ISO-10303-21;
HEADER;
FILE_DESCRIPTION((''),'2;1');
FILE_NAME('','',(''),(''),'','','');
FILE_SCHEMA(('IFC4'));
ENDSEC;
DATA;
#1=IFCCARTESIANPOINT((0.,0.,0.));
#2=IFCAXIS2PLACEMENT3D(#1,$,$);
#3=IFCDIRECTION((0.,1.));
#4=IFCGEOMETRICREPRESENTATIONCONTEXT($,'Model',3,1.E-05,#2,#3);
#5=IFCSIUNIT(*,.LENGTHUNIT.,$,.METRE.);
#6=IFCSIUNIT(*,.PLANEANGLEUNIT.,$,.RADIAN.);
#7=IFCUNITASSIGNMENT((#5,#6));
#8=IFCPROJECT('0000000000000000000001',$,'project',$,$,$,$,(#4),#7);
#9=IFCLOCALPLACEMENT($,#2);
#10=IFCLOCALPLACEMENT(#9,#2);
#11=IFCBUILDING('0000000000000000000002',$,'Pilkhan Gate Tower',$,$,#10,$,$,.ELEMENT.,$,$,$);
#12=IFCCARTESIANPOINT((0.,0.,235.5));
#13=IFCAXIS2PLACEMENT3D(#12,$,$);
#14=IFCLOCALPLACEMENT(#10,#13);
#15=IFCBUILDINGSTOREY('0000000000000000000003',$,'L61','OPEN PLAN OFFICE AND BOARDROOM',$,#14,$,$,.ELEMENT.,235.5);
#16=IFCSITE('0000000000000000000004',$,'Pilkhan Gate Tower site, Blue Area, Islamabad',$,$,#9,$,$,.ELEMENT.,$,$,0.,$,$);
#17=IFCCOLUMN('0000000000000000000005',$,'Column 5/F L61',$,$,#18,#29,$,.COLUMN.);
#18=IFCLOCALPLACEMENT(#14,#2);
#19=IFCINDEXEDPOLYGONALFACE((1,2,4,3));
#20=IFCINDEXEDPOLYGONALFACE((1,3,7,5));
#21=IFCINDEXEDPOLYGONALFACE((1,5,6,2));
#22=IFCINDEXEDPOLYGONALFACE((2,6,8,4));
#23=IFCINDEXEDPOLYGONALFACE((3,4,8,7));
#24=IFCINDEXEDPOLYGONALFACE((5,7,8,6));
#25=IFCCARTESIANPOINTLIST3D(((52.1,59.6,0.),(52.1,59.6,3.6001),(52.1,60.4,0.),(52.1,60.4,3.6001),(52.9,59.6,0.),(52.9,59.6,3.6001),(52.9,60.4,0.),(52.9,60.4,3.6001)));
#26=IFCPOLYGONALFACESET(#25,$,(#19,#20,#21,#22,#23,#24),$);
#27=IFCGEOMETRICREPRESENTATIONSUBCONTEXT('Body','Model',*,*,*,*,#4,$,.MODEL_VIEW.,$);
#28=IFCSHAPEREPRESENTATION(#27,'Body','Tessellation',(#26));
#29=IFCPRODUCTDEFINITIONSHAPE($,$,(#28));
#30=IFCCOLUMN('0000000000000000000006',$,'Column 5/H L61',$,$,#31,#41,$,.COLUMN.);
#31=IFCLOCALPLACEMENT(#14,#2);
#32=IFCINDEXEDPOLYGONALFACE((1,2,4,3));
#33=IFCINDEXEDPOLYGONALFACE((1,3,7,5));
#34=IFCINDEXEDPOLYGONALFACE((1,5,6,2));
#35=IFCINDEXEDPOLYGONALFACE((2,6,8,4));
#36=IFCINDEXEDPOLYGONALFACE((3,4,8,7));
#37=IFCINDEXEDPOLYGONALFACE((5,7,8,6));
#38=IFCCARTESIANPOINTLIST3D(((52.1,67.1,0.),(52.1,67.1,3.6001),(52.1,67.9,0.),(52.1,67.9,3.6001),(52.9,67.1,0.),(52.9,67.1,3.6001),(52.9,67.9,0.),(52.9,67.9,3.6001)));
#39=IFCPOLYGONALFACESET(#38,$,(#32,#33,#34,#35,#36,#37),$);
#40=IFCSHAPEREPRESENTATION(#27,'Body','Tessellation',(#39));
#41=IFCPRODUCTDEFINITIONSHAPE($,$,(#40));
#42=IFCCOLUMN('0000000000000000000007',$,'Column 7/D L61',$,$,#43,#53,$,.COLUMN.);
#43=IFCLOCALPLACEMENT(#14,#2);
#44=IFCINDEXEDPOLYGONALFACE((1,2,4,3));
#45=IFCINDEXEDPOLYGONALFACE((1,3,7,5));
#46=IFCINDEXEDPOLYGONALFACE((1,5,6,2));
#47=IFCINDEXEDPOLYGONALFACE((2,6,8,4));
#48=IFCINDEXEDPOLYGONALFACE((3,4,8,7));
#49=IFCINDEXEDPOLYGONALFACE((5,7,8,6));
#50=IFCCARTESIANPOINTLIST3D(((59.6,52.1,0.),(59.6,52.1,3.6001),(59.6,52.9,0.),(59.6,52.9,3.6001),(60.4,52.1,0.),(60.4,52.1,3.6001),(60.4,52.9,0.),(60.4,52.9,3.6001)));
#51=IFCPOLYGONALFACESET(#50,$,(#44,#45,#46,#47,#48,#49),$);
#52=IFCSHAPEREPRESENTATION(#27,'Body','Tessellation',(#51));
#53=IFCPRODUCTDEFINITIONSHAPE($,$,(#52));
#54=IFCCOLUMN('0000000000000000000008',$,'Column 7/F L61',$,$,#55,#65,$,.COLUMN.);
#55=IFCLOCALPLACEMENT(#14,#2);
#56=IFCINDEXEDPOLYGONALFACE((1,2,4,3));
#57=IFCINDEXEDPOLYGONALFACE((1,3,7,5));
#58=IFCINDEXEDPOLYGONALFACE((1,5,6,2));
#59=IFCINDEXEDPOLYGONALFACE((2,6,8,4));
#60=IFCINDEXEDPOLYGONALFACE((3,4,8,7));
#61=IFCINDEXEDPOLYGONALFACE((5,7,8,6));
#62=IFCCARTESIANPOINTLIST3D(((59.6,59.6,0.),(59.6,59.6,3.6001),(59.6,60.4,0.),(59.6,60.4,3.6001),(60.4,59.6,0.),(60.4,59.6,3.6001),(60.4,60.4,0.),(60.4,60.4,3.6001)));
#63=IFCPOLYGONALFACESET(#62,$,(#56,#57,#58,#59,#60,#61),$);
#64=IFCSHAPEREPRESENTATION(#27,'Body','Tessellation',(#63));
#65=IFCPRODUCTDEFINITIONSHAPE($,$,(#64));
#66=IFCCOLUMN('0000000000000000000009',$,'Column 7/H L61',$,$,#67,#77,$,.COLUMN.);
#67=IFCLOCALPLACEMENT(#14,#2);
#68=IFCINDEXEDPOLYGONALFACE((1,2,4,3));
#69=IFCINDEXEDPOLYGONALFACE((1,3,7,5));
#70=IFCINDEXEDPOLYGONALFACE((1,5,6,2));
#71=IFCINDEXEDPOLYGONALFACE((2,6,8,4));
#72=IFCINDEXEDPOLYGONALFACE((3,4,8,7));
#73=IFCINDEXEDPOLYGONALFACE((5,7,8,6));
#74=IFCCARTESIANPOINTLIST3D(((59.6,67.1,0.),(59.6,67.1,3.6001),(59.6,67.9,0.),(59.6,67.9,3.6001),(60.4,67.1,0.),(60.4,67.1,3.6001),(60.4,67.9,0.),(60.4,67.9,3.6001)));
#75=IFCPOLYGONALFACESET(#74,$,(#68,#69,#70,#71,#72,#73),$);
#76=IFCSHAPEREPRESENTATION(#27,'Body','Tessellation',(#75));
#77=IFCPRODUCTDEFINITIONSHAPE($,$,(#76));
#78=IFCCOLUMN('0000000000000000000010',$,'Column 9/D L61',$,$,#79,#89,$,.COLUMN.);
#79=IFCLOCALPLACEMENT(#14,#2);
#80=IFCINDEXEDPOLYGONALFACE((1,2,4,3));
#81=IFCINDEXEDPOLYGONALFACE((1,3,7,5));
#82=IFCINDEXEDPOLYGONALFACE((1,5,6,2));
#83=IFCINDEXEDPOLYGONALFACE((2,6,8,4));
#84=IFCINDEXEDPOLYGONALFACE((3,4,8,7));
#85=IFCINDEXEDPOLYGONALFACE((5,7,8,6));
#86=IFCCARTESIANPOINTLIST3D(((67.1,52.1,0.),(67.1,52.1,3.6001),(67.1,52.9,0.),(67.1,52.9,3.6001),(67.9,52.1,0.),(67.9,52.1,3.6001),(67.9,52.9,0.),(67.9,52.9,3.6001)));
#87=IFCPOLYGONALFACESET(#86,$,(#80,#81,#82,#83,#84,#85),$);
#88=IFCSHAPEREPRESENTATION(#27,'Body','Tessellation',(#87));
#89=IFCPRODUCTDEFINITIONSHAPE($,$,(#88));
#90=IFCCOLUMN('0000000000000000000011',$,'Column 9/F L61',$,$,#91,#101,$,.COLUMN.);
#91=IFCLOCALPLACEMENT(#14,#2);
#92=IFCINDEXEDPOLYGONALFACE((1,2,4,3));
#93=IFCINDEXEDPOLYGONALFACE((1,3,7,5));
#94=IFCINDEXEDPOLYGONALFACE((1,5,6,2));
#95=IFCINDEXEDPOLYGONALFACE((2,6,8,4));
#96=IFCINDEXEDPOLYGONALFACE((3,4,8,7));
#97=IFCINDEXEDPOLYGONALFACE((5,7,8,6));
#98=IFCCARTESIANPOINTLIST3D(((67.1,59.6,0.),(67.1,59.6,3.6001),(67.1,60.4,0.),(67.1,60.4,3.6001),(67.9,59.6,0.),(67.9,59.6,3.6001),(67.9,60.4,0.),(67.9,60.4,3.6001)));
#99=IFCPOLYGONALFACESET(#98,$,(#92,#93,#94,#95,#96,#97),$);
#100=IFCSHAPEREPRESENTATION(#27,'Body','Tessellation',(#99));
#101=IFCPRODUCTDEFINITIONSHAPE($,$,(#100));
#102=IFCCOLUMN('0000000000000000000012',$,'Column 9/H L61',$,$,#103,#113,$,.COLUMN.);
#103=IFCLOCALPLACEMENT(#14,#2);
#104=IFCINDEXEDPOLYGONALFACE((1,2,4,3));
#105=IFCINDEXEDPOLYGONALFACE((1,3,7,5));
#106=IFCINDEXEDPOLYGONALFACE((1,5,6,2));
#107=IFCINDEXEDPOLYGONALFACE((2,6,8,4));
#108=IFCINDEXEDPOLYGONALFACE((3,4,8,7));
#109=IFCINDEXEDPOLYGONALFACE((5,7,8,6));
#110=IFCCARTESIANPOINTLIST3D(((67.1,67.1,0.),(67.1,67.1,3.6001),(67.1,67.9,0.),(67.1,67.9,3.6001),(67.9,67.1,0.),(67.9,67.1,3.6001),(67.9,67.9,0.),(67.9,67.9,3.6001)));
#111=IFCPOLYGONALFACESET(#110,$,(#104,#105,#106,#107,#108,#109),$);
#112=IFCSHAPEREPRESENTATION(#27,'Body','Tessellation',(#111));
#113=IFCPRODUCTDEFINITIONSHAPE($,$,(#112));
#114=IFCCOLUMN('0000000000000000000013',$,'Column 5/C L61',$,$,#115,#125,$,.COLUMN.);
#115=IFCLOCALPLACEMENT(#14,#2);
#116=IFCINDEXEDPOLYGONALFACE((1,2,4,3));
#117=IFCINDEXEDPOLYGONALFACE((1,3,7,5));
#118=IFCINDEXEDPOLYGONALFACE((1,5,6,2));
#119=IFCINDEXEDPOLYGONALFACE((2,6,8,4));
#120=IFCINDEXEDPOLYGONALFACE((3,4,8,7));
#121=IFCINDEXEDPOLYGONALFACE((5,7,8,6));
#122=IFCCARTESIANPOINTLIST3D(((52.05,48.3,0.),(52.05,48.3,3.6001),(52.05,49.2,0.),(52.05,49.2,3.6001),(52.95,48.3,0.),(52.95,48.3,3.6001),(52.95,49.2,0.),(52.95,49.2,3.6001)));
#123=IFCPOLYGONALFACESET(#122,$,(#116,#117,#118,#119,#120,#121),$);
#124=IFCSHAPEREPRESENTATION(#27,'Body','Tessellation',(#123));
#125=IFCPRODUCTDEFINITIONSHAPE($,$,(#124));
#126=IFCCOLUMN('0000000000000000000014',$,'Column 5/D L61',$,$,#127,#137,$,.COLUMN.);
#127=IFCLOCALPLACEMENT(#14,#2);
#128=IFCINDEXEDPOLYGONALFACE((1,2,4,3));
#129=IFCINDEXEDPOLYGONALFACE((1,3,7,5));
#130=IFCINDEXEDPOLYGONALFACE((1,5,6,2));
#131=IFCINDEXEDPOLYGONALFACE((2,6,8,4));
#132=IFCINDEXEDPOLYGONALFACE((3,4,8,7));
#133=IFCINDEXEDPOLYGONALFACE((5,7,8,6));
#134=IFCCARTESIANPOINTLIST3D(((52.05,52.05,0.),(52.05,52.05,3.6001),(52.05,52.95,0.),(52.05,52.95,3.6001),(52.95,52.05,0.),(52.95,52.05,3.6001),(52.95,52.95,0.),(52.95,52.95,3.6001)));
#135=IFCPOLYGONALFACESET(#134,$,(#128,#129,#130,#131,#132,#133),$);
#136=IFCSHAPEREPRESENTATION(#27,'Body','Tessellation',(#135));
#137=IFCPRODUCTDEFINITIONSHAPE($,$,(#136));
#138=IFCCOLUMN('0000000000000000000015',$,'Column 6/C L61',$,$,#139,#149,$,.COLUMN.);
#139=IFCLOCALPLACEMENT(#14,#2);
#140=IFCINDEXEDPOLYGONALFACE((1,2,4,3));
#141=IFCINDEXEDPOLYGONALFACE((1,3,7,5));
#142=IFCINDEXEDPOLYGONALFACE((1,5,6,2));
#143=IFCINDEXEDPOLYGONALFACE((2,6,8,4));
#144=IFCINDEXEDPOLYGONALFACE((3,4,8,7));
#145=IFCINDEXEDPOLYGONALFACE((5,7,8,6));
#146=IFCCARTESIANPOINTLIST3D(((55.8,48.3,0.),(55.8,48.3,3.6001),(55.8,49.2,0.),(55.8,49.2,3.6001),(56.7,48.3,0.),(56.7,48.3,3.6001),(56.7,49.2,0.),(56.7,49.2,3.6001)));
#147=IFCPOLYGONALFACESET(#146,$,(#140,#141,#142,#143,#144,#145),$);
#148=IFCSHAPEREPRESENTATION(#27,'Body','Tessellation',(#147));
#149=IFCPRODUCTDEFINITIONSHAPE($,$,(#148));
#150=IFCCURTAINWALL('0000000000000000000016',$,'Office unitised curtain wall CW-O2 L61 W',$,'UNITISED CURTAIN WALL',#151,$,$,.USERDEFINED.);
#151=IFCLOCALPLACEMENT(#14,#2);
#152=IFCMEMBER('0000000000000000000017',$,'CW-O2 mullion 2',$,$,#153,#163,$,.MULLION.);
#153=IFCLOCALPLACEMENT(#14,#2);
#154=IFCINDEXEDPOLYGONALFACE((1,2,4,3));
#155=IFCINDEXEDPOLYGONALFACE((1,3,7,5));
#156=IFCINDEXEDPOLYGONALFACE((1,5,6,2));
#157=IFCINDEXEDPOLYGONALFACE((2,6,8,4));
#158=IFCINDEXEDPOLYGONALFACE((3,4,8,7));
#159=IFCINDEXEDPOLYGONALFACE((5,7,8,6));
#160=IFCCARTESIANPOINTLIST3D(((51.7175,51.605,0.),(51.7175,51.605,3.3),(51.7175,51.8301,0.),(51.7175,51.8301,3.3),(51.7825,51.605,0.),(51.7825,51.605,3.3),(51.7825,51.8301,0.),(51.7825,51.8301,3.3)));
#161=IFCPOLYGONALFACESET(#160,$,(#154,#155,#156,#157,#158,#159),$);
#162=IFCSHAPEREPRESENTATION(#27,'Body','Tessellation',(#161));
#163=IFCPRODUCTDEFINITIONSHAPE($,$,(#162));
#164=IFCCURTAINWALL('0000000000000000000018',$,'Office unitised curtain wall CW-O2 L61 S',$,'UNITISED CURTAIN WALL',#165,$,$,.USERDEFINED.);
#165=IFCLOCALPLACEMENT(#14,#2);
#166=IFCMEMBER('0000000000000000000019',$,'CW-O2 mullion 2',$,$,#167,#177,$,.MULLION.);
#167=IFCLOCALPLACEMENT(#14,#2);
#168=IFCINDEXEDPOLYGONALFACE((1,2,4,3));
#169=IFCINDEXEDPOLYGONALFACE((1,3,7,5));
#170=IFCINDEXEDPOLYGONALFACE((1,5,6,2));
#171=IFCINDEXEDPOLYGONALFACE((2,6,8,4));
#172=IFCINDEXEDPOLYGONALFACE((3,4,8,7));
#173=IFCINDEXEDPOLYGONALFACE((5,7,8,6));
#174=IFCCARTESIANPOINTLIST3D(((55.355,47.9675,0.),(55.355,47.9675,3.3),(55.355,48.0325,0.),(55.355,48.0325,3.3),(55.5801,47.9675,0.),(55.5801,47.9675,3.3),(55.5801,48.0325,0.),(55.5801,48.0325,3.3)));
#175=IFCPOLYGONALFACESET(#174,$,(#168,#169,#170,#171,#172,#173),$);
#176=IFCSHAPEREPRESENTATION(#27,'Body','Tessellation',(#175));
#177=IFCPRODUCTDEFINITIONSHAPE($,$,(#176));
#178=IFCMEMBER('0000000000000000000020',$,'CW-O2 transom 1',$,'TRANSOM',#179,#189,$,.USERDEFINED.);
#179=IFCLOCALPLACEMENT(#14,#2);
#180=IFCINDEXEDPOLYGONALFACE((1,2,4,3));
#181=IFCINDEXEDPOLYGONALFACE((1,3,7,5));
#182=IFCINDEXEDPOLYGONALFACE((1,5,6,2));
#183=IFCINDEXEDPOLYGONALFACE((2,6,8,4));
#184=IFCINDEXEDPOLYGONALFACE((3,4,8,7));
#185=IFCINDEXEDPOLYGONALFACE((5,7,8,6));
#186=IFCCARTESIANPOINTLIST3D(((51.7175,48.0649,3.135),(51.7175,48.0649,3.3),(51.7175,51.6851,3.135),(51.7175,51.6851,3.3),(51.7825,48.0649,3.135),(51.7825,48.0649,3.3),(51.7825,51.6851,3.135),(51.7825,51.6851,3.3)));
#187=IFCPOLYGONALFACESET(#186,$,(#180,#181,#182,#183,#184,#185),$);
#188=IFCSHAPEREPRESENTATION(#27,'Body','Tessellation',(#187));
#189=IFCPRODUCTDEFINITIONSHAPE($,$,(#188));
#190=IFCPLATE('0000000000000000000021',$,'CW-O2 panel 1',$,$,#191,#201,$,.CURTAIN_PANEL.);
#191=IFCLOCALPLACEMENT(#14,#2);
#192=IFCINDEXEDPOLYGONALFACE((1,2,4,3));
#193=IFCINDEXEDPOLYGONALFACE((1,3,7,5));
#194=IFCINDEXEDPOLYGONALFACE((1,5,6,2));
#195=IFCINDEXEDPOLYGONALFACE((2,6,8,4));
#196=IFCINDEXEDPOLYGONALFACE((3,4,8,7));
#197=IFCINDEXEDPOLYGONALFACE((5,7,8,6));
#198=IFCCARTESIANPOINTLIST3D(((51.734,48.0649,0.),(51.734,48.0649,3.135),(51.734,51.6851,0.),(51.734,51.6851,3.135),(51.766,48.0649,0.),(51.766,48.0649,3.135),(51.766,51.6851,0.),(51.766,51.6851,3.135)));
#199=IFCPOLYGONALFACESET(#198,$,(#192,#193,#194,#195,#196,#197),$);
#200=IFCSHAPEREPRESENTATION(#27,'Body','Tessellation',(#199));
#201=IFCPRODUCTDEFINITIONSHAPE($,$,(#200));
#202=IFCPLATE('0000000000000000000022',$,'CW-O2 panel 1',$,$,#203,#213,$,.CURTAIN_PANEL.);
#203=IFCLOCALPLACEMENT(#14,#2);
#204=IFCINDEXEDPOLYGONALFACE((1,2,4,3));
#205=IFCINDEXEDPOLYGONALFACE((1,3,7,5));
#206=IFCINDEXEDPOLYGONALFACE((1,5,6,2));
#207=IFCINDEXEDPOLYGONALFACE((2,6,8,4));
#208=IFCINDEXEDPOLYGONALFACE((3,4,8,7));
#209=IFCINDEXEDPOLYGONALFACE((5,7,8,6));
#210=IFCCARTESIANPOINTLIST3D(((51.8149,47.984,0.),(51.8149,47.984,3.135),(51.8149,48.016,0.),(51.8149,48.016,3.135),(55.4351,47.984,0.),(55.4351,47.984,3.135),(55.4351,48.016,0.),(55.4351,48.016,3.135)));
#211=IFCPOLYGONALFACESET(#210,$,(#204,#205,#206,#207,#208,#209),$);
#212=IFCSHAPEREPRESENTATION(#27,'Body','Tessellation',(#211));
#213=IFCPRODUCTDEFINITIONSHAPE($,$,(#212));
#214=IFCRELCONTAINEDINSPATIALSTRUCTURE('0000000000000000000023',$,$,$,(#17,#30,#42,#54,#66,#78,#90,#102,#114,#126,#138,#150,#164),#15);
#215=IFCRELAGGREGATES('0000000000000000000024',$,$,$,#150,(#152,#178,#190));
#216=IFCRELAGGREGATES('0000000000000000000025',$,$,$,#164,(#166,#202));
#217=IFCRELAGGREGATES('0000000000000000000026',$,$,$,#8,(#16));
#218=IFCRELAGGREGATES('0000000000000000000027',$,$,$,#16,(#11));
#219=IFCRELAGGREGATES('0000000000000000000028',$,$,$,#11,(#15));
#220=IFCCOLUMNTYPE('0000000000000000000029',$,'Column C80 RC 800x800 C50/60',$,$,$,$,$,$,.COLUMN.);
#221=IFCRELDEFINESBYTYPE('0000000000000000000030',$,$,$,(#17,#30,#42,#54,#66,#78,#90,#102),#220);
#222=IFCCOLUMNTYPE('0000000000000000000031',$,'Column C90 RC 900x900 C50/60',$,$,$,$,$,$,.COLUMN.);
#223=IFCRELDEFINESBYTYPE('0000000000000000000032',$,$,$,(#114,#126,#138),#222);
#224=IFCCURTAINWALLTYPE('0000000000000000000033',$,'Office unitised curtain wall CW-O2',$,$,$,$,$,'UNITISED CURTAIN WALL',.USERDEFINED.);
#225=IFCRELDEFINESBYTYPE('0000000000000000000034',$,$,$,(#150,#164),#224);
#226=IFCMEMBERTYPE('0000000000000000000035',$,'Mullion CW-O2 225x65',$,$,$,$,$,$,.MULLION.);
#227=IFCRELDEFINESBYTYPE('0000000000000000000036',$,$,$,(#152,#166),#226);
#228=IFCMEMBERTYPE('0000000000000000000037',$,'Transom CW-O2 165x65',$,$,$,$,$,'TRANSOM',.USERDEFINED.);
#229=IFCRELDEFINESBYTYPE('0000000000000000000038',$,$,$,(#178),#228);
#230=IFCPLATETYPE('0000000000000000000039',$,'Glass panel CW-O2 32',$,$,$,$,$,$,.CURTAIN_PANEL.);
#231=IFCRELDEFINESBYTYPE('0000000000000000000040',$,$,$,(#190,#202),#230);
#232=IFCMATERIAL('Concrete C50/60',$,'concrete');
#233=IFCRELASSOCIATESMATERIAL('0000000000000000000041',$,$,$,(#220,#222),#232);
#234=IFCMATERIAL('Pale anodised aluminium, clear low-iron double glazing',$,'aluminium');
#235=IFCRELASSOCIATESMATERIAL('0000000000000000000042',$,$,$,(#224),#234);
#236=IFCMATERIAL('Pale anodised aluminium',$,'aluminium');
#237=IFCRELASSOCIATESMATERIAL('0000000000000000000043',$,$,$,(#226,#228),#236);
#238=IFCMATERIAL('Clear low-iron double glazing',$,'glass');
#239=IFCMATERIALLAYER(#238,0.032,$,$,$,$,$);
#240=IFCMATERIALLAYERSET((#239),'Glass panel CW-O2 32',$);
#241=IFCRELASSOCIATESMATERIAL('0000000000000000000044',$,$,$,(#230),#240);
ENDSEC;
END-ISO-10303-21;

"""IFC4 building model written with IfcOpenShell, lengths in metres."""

from ifc_helpers import new_model, si_unit, direction, frame, origin, origin_2d, place, context, subcontext, project, spatial, rectangle, extrude, material, layer, layer_set, material_profile, profile_set, type_object, element, aggregate, save


model = new_model("IFC4")

# Units and contexts
model_context = context("Model", 3, precision=1e-05, world=origin(), true_north=direction((0.0, 1.0)))
body_context = subcontext(model_context, "Body", "Model", "MODEL_VIEW")
ifc_project = project(units=[si_unit("LENGTHUNIT", "METRE"), si_unit("PLANEANGLEUNIT", "RADIAN")], contexts=[model_context])

# Site, building, storey
site_placement = place(None, origin())
site = spatial("IfcSite", under=ifc_project, at=site_placement, Name="Pilkhan Gate Tower site, Blue Area, Islamabad", CompositionType="ELEMENT", RefElevation=0.0)
building_placement = place(site_placement, origin())
building = spatial("IfcBuilding", under=site, at=building_placement, Name="Pilkhan Gate Tower", CompositionType="ELEMENT")
storey_placement = place(building_placement, frame((0.0, 0.0, 235.5)))
storey = spatial("IfcBuildingStorey", under=building, at=storey_placement, Name="L61", Description="OPEN PLAN OFFICE AND BOARDROOM", CompositionType="ELEMENT", Elevation=235.5)

# Columns
ifc_material_1 = material(Name="Concrete C50/60", Category="concrete")
ifc_material_profile_1 = material_profile(ifc_material_1, rectangle(XDim=0.8, YDim=0.8, at=origin_2d()), Name="RC 800x800")
ifc_profile_set_1 = profile_set([ifc_material_profile_1], Name="Concrete C50/60")
column_type_1 = type_object("IfcColumnType", Name="Column C80 RC 800x800 C50/60", PredefinedType="COLUMN", material=ifc_profile_set_1)
for number, where, z_axis, x_axis, name in (
    (1, (52.5, 60.0, 0.0), (0.0, 0.0, 1.0), (1.0, 0.0, 0.0), "Column 5/F L61"),
    (2, (52.5, 67.5, 0.0), (0.0, 0.0, 1.0), (1.0, 0.0, 0.0), "Column 5/H L61"),
    (3, (60.0, 52.5, 0.0), (0.0, 0.0, 1.0), (1.0, 0.0, 0.0), "Column 7/D L61"),
    (4, (60.0, 60.0, 0.0), (0.0, 0.0, 1.0), (1.0, 0.0, 0.0), "Column 7/F L61"),
    (5, (60.0, 67.5, 0.0), (0.0, 0.0, 1.0), (1.0, 0.0, 0.0), "Column 7/H L61"),
    (6, (67.5, 52.5, 0.0), (0.0, 0.0, 1.0), (1.0, 0.0, 0.0), "Column 9/D L61"),
    (7, (67.5, 60.0, 0.0), (0.0, 0.0, 1.0), (1.0, 0.0, 0.0), "Column 9/F L61"),
    (8, (67.5, 67.5, 0.0), (0.0, 0.0, 1.0), (1.0, 0.0, 0.0), "Column 9/H L61"),
):
    element("IfcColumn", number, at=place(storey_placement, frame(where, z_axis=z_axis, x_axis=x_axis)), inside=storey, type_object=column_type_1, Name=name, PredefinedType="COLUMN", context=body_context, shape_type="SweptSolid", body=[
        extrude(rectangle(XDim=0.8, YDim=0.8, at=origin_2d()), origin(), (0.0, 0.0, 1.0), 3.6001),
    ])
ifc_material_profile_2 = material_profile(ifc_material_1, rectangle(XDim=0.8999, YDim=0.8999, at=origin_2d()), Name="RC 900x900")
ifc_profile_set_2 = profile_set([ifc_material_profile_2], Name="Concrete C50/60")
column_type_2 = type_object("IfcColumnType", Name="Column C90 RC 900x900 C50/60", PredefinedType="COLUMN", material=ifc_profile_set_2)
for number, where, z_axis, x_axis, name in (
    (9, (52.5, 48.75, 0.0), (0.0, 0.0, 1.0), (1.0, 0.0, 0.0), "Column 5/C L61"),
    (10, (52.5, 52.5, 0.0), (0.0, 0.0, 1.0), (1.0, 0.0, 0.0), "Column 5/D L61"),
    (11, (56.25, 48.75, 0.0), (0.0, 0.0, 1.0), (1.0, 0.0, 0.0), "Column 6/C L61"),
):
    element("IfcColumn", number, at=place(storey_placement, frame(where, z_axis=z_axis, x_axis=x_axis)), inside=storey, type_object=column_type_2, Name=name, PredefinedType="COLUMN", context=body_context, shape_type="SweptSolid", body=[
        extrude(rectangle(XDim=0.8999, YDim=0.8999, at=origin_2d()), origin(), (0.0, 0.0, 1.0), 3.6001),
    ])

# Curtain walls, members
ifc_material_2 = material(Name="Pale anodised aluminium, clear low-iron double glazing", Category="aluminium")
curtain_wall_type = type_object("IfcCurtainWallType", Name="Office unitised curtain wall CW-O2", ElementType="UNITISED CURTAIN WALL", PredefinedType="USERDEFINED", material=ifc_material_2)
curtain_wall_1_placement = place(storey_placement, origin())
curtain_wall_1 = element("IfcCurtainWall", 12, at=curtain_wall_1_placement, inside=storey, type_object=curtain_wall_type, Name="Office unitised curtain wall CW-O2 L61 W", ObjectType="UNITISED CURTAIN WALL", PredefinedType="USERDEFINED")
ifc_material_3 = material(Name="Pale anodised aluminium", Category="aluminium")
ifc_material_profile_3 = material_profile(ifc_material_3, rectangle(XDim=0.0649, YDim=0.2251, at=origin_2d()), Name="Mullion 225x65")
ifc_profile_set_3 = profile_set([ifc_material_profile_3], Name="Pale anodised aluminium")
member_type_1 = type_object("IfcMemberType", Name="Mullion CW-O2 225x65", PredefinedType="MULLION", material=ifc_profile_set_3)
member_1_placement = place(storey_placement, frame((51.75, 51.7175, 0.0), z_axis=(0.0, 0.0, 1.0), x_axis=(-1.0, 0.0, 0.0)))
member_1 = element("IfcMember", 13, at=member_1_placement, type_object=member_type_1, Name="CW-O2 mullion 2", PredefinedType="MULLION", context=body_context, shape_type="SweptSolid", body=[
    extrude(rectangle(XDim=0.0649, YDim=0.2251, at=origin_2d()), origin(), (0.0, 0.0, 1.0), 3.3),
])
curtain_wall_2_placement = place(storey_placement, origin())
curtain_wall_2 = element("IfcCurtainWall", 14, at=curtain_wall_2_placement, inside=storey, type_object=curtain_wall_type, Name="Office unitised curtain wall CW-O2 L61 S", ObjectType="UNITISED CURTAIN WALL", PredefinedType="USERDEFINED")
member_2_placement = place(storey_placement, frame((55.4675, 48.0, 0.0), z_axis=(0.0, 0.0, 1.0), x_axis=(0.0, 1.0, 0.0)))
member_2 = element("IfcMember", 15, at=member_2_placement, type_object=member_type_1, Name="CW-O2 mullion 2", PredefinedType="MULLION", context=body_context, shape_type="SweptSolid", body=[
    extrude(rectangle(XDim=0.0649, YDim=0.2251, at=origin_2d()), origin(), (0.0, 0.0, 1.0), 3.3),
])

# Member
ifc_material_profile_4 = material_profile(ifc_material_3, rectangle(XDim=0.0649, YDim=0.165, at=origin_2d()), Name="Transom 165x65")
ifc_profile_set_4 = profile_set([ifc_material_profile_4], Name="Pale anodised aluminium")
member_type_2 = type_object("IfcMemberType", Name="Transom CW-O2 165x65", ElementType="TRANSOM", PredefinedType="USERDEFINED", material=ifc_profile_set_4)
member_3_placement = place(storey_placement, frame((51.75, 48.0649, 3.2175), z_axis=(0.0, 1.0, 0.0), x_axis=(-1.0, 0.0, 0.0)))
member_3 = element("IfcMember", 16, at=member_3_placement, type_object=member_type_2, Name="CW-O2 transom 1", ObjectType="TRANSOM", PredefinedType="USERDEFINED", context=body_context, shape_type="SweptSolid", body=[
    extrude(rectangle(XDim=0.0649, YDim=0.165, at=origin_2d()), origin(), (0.0, 0.0, 1.0), 3.6201),
])

# Plates
ifc_material_4 = material(Name="Clear low-iron double glazing", Category="glass")
ifc_layer_1 = layer(ifc_material_4, 0.032)
ifc_layer_set_1 = layer_set([ifc_layer_1], Name="Glass panel CW-O2 32")
plate_type = type_object("IfcPlateType", Name="Glass panel CW-O2 32", PredefinedType="CURTAIN_PANEL", material=ifc_layer_set_1)
plate_1_placement = place(storey_placement, frame((51.75, 49.875, 0.0), z_axis=(0.0, 0.0, 1.0), x_axis=(0.0, 1.0, 0.0)))
plate_1 = element("IfcPlate", 17, at=plate_1_placement, type_object=plate_type, Name="CW-O2 panel 1", PredefinedType="CURTAIN_PANEL", context=body_context, shape_type="SweptSolid", body=[
    extrude(rectangle(XDim=3.6201, YDim=0.032, at=origin_2d()), origin(), (0.0, 0.0, 1.0), 3.135),
])
aggregate(curtain_wall_1, [member_1, member_3, plate_1])
plate_2_placement = place(storey_placement, frame((53.625, 48.0, 0.0), z_axis=(0.0, 0.0, 1.0), x_axis=(1.0, 0.0, 0.0)))
plate_2 = element("IfcPlate", 18, at=plate_2_placement, type_object=plate_type, Name="CW-O2 panel 1", PredefinedType="CURTAIN_PANEL", context=body_context, shape_type="SweptSolid", body=[
    extrude(rectangle(XDim=3.6201, YDim=0.032, at=origin_2d()), origin(), (0.0, 0.0, 1.0), 3.135),
])
aggregate(curtain_wall_2, [member_2, plate_2])

save(model, "model.ifc")
